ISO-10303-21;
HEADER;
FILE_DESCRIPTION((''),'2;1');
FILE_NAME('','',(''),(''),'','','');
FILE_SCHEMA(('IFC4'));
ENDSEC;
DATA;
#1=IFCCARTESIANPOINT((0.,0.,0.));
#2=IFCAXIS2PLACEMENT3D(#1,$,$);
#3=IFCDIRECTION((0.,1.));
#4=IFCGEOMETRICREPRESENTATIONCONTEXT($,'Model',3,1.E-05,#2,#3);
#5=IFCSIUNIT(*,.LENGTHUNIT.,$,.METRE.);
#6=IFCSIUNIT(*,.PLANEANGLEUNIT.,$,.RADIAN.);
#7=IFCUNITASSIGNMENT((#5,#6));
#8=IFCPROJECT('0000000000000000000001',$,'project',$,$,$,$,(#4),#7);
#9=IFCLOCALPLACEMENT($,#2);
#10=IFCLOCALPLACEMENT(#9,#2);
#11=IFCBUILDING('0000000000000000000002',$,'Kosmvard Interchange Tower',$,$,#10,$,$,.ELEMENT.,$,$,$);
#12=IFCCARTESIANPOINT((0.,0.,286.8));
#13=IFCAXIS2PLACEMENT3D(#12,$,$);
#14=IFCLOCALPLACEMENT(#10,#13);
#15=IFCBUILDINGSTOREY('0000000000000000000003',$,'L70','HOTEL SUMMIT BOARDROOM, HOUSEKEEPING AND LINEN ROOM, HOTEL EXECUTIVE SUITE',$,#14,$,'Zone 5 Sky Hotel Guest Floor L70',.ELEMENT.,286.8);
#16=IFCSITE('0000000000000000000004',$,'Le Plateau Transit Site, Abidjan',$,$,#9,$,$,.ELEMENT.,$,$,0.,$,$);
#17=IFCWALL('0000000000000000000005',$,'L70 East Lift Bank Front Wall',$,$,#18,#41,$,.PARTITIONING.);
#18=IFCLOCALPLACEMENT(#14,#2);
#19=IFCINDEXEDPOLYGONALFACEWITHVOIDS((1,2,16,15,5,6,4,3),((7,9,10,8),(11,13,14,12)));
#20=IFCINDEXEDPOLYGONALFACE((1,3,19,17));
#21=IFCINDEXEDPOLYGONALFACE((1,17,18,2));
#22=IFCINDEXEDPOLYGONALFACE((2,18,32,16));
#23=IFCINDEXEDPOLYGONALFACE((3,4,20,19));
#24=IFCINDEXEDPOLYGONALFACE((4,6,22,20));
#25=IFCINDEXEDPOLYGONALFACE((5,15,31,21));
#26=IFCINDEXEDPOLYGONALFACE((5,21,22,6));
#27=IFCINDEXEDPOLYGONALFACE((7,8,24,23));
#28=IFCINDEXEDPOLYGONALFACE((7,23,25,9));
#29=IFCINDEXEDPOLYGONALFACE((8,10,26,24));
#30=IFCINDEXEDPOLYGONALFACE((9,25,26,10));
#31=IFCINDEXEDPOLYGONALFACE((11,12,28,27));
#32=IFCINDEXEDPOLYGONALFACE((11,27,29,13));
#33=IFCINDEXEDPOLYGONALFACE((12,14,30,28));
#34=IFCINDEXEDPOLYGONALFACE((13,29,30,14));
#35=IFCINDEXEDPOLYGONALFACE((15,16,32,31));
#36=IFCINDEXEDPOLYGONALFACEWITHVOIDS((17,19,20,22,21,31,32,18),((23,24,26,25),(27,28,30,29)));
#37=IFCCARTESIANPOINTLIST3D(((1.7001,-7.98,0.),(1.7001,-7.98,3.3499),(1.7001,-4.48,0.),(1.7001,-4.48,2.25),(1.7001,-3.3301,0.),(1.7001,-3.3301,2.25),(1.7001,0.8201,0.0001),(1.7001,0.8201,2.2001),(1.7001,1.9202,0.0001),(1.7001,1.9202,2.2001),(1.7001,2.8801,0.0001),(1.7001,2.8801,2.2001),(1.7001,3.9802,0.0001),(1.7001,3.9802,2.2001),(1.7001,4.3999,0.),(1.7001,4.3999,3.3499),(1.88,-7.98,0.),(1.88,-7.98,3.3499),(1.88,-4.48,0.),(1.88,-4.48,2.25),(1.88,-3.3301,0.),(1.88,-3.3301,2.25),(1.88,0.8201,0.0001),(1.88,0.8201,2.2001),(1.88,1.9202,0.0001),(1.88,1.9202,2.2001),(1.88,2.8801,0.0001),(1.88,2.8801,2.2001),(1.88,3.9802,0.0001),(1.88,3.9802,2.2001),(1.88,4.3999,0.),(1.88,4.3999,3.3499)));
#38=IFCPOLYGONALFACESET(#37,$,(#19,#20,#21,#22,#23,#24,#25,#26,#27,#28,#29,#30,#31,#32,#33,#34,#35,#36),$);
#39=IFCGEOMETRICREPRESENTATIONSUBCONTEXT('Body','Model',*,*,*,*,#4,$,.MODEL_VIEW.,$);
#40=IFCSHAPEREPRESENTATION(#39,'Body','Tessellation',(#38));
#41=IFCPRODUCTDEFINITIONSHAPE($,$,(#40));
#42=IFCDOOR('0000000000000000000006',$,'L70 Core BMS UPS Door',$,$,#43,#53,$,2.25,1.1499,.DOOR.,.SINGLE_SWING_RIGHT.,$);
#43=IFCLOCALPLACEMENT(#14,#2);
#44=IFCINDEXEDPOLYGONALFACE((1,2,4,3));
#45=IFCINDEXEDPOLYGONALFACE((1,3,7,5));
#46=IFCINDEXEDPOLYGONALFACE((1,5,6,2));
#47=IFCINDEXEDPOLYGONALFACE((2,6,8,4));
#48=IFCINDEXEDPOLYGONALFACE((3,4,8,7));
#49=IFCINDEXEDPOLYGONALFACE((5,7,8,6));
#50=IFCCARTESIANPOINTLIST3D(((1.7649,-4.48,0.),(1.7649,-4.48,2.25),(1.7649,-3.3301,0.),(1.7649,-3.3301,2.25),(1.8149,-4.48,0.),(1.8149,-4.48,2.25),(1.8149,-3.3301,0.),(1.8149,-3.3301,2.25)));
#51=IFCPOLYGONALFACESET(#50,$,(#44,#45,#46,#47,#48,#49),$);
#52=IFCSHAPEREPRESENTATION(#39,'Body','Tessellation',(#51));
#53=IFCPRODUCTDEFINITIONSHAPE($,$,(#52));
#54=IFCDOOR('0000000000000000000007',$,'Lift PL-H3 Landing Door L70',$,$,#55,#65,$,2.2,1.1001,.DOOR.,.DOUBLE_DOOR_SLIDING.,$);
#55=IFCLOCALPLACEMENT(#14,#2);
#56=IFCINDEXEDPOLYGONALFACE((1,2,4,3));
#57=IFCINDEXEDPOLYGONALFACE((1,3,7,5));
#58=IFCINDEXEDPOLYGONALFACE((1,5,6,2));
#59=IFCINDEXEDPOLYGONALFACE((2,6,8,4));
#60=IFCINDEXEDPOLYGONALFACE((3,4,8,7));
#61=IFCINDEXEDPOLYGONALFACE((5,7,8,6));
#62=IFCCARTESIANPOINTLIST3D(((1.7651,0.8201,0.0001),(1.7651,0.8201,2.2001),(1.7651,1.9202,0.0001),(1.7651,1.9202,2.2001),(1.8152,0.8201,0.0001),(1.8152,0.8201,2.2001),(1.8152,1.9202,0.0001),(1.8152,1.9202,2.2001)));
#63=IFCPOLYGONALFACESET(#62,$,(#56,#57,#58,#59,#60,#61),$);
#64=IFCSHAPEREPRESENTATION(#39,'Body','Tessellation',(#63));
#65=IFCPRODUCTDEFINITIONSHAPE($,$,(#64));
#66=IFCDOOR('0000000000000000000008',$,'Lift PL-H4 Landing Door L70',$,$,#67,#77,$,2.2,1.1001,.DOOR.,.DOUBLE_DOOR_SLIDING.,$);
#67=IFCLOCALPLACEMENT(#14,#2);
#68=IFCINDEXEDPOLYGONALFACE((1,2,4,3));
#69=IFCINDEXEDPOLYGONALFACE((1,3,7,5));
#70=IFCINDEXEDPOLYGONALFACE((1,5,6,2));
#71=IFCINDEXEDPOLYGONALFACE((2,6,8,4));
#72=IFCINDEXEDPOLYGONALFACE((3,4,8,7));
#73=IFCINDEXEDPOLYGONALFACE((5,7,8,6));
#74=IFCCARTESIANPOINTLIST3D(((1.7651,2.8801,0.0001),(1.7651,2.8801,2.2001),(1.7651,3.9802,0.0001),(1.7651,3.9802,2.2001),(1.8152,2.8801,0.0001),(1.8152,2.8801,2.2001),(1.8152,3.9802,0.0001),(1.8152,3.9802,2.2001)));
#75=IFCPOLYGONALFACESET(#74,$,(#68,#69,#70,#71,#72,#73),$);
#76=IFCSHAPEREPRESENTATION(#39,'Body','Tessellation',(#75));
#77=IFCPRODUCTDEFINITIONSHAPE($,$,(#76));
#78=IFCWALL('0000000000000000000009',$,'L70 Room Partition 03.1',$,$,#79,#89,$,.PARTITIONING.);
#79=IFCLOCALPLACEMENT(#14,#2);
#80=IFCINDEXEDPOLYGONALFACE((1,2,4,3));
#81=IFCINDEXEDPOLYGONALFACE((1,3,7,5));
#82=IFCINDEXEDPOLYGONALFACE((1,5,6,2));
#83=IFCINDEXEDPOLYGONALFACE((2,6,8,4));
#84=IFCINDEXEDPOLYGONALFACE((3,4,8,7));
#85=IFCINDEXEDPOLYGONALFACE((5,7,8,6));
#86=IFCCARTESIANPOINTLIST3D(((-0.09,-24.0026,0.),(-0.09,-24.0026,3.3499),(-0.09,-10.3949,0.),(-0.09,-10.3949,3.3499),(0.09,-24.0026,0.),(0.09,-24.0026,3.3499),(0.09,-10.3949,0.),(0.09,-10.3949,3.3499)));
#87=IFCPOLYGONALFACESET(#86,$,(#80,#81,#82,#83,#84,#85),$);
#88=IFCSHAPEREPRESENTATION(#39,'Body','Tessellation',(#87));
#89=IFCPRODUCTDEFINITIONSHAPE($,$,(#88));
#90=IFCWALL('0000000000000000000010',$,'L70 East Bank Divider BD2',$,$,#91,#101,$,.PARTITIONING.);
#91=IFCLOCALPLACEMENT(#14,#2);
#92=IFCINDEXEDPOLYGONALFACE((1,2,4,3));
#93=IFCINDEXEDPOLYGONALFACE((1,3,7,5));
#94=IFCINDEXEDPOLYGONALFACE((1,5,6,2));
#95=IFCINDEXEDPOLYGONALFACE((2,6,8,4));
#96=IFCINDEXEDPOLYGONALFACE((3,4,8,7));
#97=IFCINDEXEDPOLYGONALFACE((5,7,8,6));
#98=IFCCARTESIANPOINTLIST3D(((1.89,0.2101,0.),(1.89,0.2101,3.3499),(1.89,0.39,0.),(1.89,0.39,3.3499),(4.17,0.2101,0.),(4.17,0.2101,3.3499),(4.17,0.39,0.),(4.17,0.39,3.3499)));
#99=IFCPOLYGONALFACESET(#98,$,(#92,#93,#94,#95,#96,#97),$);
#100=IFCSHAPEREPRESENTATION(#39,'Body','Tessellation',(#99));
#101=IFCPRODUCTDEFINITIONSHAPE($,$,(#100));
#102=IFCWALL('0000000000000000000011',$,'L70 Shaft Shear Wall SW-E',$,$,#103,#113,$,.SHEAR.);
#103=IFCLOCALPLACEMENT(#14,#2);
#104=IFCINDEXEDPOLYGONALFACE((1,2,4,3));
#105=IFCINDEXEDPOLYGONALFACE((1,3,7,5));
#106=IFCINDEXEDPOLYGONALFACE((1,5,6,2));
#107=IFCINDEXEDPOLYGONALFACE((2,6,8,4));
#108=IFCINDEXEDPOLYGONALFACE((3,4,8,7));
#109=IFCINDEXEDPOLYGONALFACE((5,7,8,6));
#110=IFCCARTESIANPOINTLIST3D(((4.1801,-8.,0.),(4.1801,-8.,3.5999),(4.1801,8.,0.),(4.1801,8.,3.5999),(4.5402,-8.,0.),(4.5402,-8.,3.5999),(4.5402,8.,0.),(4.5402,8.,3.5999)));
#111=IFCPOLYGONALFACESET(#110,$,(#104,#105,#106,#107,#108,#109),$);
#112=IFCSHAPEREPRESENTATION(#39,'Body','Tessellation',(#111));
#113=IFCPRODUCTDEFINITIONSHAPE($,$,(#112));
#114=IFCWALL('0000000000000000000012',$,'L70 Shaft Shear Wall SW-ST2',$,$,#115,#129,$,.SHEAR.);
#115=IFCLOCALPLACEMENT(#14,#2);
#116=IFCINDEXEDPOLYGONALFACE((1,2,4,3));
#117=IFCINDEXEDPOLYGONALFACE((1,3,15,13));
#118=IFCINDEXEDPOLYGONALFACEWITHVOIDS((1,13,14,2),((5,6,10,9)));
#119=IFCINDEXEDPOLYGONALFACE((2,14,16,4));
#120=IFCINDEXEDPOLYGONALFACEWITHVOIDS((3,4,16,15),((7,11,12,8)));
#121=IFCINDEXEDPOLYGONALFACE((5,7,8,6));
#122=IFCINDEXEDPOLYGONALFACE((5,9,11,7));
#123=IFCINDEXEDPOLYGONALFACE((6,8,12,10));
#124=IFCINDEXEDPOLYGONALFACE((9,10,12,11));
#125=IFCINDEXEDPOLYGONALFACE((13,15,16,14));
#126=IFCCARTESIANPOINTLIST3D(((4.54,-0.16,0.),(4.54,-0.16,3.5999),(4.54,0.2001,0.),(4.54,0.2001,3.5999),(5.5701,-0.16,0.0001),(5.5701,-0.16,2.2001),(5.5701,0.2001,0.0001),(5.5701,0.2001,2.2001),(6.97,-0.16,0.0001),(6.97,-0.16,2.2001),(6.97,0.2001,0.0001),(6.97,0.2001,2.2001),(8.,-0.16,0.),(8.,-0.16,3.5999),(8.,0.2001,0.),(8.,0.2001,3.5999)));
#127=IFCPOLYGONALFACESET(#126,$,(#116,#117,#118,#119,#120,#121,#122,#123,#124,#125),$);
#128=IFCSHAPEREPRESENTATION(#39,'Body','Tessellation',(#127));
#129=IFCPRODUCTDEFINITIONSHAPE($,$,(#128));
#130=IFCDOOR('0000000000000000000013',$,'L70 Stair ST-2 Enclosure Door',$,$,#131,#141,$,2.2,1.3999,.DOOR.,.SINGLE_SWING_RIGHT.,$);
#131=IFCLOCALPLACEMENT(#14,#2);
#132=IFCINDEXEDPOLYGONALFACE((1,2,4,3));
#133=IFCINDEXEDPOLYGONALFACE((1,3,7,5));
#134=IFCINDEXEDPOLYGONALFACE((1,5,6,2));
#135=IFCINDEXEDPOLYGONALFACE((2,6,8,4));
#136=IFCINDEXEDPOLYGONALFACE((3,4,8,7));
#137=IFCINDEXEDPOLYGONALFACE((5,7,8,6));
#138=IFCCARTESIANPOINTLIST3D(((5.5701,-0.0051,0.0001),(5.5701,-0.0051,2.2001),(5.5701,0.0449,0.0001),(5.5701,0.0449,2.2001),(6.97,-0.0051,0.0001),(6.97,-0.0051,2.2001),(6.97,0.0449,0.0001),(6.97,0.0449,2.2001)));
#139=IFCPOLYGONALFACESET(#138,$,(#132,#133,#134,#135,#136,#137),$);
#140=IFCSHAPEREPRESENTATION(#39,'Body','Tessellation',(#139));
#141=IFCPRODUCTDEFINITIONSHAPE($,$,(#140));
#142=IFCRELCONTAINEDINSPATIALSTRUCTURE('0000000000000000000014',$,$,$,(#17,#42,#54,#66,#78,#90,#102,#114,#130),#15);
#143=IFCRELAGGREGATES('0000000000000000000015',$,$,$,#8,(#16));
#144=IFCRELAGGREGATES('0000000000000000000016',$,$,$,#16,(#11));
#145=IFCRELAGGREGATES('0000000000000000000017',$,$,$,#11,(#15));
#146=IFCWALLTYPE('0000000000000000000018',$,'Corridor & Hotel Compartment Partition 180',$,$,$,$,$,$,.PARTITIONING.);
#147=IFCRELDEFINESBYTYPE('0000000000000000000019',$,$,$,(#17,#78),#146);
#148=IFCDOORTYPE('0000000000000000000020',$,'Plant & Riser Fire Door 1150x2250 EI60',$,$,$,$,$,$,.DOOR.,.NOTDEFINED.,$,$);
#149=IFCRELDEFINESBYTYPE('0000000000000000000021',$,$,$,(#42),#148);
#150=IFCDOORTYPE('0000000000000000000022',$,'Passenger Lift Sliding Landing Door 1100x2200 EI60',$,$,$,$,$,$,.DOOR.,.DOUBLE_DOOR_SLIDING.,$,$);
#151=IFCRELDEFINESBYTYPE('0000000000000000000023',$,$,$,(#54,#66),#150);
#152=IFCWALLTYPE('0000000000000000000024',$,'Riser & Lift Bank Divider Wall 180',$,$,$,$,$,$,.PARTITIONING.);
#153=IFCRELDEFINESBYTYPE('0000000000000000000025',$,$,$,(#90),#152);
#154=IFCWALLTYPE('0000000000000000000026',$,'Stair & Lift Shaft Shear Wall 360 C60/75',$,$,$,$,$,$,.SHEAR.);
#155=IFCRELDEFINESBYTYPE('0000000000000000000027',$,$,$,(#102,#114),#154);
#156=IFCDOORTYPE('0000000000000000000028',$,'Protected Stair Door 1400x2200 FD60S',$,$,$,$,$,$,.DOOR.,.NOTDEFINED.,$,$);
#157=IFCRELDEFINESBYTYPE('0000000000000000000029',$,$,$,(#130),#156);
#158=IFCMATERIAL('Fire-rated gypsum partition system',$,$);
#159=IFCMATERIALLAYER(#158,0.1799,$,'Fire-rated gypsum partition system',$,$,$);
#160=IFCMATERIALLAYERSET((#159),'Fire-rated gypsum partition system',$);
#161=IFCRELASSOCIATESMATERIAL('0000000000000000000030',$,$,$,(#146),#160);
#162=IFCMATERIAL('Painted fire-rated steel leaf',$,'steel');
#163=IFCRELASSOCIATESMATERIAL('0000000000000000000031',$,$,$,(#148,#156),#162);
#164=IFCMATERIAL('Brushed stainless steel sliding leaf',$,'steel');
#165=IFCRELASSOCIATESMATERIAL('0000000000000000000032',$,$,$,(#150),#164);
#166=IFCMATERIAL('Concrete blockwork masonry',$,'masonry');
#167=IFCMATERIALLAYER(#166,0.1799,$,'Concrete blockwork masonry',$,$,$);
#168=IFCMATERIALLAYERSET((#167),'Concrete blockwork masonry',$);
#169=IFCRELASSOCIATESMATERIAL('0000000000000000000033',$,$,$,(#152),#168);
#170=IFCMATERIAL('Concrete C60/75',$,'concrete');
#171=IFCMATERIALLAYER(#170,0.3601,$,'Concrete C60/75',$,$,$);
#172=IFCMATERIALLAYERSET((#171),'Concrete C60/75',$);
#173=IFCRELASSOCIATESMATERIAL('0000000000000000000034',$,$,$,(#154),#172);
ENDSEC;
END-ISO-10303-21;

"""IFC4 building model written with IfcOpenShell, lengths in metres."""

from ifc_helpers import new_model, si_unit, direction, frame, frame_2d, origin, place, context, subcontext, project, spatial, rectangle, extrude, source, transform, mapped, material, layer, layer_set, type_object, element, fill, save


model = new_model("IFC4")

# Units and contexts
model_context = context("Model", 3, precision=1e-05, world=origin(), true_north=direction((0.0, 1.0)))
body_context = subcontext(model_context, "Body", "Model", "MODEL_VIEW")
ifc_project = project(units=[si_unit("LENGTHUNIT", "METRE"), si_unit("PLANEANGLEUNIT", "RADIAN")], contexts=[model_context])

# Site, building, storey
site_placement = place(None, origin())
site = spatial("IfcSite", under=ifc_project, at=site_placement, Name="Le Plateau Transit Site, Abidjan", CompositionType="ELEMENT", RefElevation=0.0)
building_placement = place(site_placement, origin())
building = spatial("IfcBuilding", under=site, at=building_placement, Name="Kosmvard Interchange Tower", CompositionType="ELEMENT")
storey_placement = place(building_placement, frame((0.0, 0.0, 286.8)))
storey = spatial("IfcBuildingStorey", under=building, at=storey_placement, Name="L70", Description="HOTEL SUMMIT BOARDROOM, HOUSEKEEPING AND LINEN ROOM, HOTEL EXECUTIVE SUITE", LongName="Zone 5 Sky Hotel Guest Floor L70", CompositionType="ELEMENT", Elevation=286.8)

# Wall, openings, doors
ifc_material_1 = material(Name="Fire-rated gypsum partition system")
ifc_layer_1 = layer(ifc_material_1, 0.1799, Name="Fire-rated gypsum partition system")
ifc_layer_set_1 = layer_set([ifc_layer_1], Name="Fire-rated gypsum partition system")
wall_type_1 = type_object("IfcWallType", Name="Corridor & Hotel Compartment Partition 180", PredefinedType="PARTITIONING", material=ifc_layer_set_1)
wall_1_placement = place(storey_placement, frame((1.79, -7.98, 0.0), z_axis=(0.0, 0.0, 1.0), x_axis=(0.0, 1.0, 0.0)))
wall_1 = element("IfcWall", 1, at=wall_1_placement, inside=storey, type_object=wall_type_1, Name="L70 East Lift Bank Front Wall", PredefinedType="PARTITIONING", context=body_context, shape_type="SweptSolid", body=[
    extrude(rectangle(XDim=12.3799, YDim=0.1799, at=frame_2d((6.1899, 0.0))), origin(), (0.0, 0.0, 1.0), 3.3499),
])
opening_1_placement = place(wall_1_placement, frame((8.8, 0.0, 0.0)))
opening_1 = element("IfcOpeningElement", 2, at=opening_1_placement, cuts=wall_1, PredefinedType="OPENING", context=body_context, shape_type="SweptSolid", body=[
    extrude(rectangle(XDim=1.1001, YDim=2.2, at=frame_2d((0.55, 1.1001))), frame((0.0, 0.1001, 0.0), z_axis=(0.0, -1.0, 0.0), x_axis=(1.0, 0.0, 0.0)), (0.0, 0.0, 1.0), 0.2),
])
opening_2_placement = place(wall_1_placement, frame((10.8601, 0.0, 0.0)))
opening_2 = element("IfcOpeningElement", 3, at=opening_2_placement, cuts=wall_1, PredefinedType="OPENING", context=body_context, shape_type="SweptSolid", body=[
    extrude(rectangle(XDim=1.1001, YDim=2.2, at=frame_2d((0.55, 1.1001))), frame((0.0, 0.1001, 0.0), z_axis=(0.0, -1.0, 0.0), x_axis=(1.0, 0.0, 0.0)), (0.0, 0.0, 1.0), 0.2),
])
opening_3_placement = place(wall_1_placement, frame((3.5, 0.0, 0.0)))
opening_3 = element("IfcOpeningElement", 4, at=opening_3_placement, cuts=wall_1, PredefinedType="OPENING", context=body_context, shape_type="SweptSolid", body=[
    extrude(rectangle(XDim=1.1499, YDim=2.25, at=frame_2d((0.575, 1.125))), frame((0.0, 0.1001, 0.0), z_axis=(0.0, -1.0, 0.0), x_axis=(1.0, 0.0, 0.0)), (0.0, 0.0, 1.0), 0.2),
])
ifc_material_2 = material(Name="Painted fire-rated steel leaf", Category="steel")
door_type_1 = type_object("IfcDoorType", Name="Plant & Riser Fire Door 1150x2250 EI60", OperationType="NOTDEFINED", PredefinedType="DOOR", material=ifc_material_2)
shared_shape_1 = source(origin(), body_context, "Body", "SweptSolid", [
    extrude(rectangle(XDim=1.1499, YDim=2.25, at=frame_2d((0.575, 1.125))), frame((0.0, 0.0249, 0.0), z_axis=(0.0, -1.0, 0.0), x_axis=(1.0, 0.0, 0.0)), (0.0, 0.0, 1.0), 0.05),
])
door_1_placement = place(opening_3_placement, frame((1.1499, 0.0, 0.0), z_axis=(0.0, 0.0, 1.0), x_axis=(-1.0, 0.0, 0.0)))
door_1 = element("IfcDoor", 5, at=door_1_placement, inside=storey, type_object=door_type_1, Name="L70 Core BMS UPS Door", OperationType="SINGLE_SWING_RIGHT", OverallHeight=2.25, OverallWidth=1.1499, PredefinedType="DOOR", context=body_context, shape_type="MappedRepresentation", body=[
    mapped(shared_shape_1, transform((0.0, 0.0, 0.0), scale=1.0)),
])
fill(opening_3, door_1)
ifc_material_3 = material(Name="Brushed stainless steel sliding leaf", Category="steel")
door_type_2 = type_object("IfcDoorType", Name="Passenger Lift Sliding Landing Door 1100x2200 EI60", OperationType="DOUBLE_DOOR_SLIDING", PredefinedType="DOOR", material=ifc_material_3)
shared_shape_2 = source(origin(), body_context, "Body", "SweptSolid", [
    extrude(rectangle(XDim=1.1001, YDim=2.2, at=frame_2d((0.55, 1.1001))), frame((0.0, 0.0249, 0.0), z_axis=(0.0, -1.0, 0.0), x_axis=(1.0, 0.0, 0.0)), (0.0, 0.0, 1.0), 0.05),
])
door_2_placement = place(opening_1_placement, origin())
door_2 = element("IfcDoor", 6, at=door_2_placement, inside=storey, type_object=door_type_2, Name="Lift PL-H3 Landing Door L70", OperationType="DOUBLE_DOOR_SLIDING", OverallHeight=2.2, OverallWidth=1.1001, PredefinedType="DOOR", context=body_context, shape_type="MappedRepresentation", body=[
    mapped(shared_shape_2, transform((0.0, 0.0, 0.0), scale=1.0)),
])
fill(opening_1, door_2)
door_3_placement = place(opening_2_placement, origin())
door_3 = element("IfcDoor", 7, at=door_3_placement, inside=storey, type_object=door_type_2, Name="Lift PL-H4 Landing Door L70", OperationType="DOUBLE_DOOR_SLIDING", OverallHeight=2.2, OverallWidth=1.1001, PredefinedType="DOOR", context=body_context, shape_type="MappedRepresentation", body=[
    mapped(shared_shape_2, transform((0.0, 0.0, 0.0), scale=1.0)),
])
fill(opening_2, door_3)

# Walls
wall_2_placement = place(storey_placement, frame((0.0, -10.395, 0.0), z_axis=(0.0, 0.0, 1.0), x_axis=(0.0, -1.0, 0.0)))
element("IfcWall", 8, at=wall_2_placement, inside=storey, type_object=wall_type_1, Name="L70 Room Partition 03.1", PredefinedType="PARTITIONING", context=body_context, shape_type="SweptSolid", body=[
    extrude(rectangle(XDim=13.6077, YDim=0.1799, at=frame_2d((6.8037, 0.0))), origin(), (0.0, 0.0, 1.0), 3.3499),
])
ifc_material_4 = material(Name="Concrete blockwork masonry", Category="masonry")
ifc_layer_2 = layer(ifc_material_4, 0.1799, Name="Concrete blockwork masonry")
ifc_layer_set_2 = layer_set([ifc_layer_2], Name="Concrete blockwork masonry")
wall_type_2 = type_object("IfcWallType", Name="Riser & Lift Bank Divider Wall 180", PredefinedType="PARTITIONING", material=ifc_layer_set_2)
wall_3_placement = place(storey_placement, frame((1.8899, 0.3, 0.0), z_axis=(0.0, 0.0, 1.0), x_axis=(1.0, 0.0, 0.0)))
element("IfcWall", 9, at=wall_3_placement, inside=storey, type_object=wall_type_2, Name="L70 East Bank Divider BD2", PredefinedType="PARTITIONING", context=body_context, shape_type="SweptSolid", body=[
    extrude(rectangle(XDim=2.28, YDim=0.1799, at=frame_2d((1.1401, 0.0))), origin(), (0.0, 0.0, 1.0), 3.3499),
])
ifc_material_5 = material(Name="Concrete C60/75", Category="concrete")
ifc_layer_3 = layer(ifc_material_5, 0.3601, Name="Concrete C60/75")
ifc_layer_set_3 = layer_set([ifc_layer_3], Name="Concrete C60/75")
wall_type_3 = type_object("IfcWallType", Name="Stair & Lift Shaft Shear Wall 360 C60/75", PredefinedType="SHEAR", material=ifc_layer_set_3)
wall_4_placement = place(storey_placement, frame((4.3601, -8.0, 0.0), z_axis=(0.0, 0.0, 1.0), x_axis=(0.0, 1.0, 0.0)))
element("IfcWall", 10, at=wall_4_placement, inside=storey, type_object=wall_type_3, Name="L70 Shaft Shear Wall SW-E", PredefinedType="SHEAR", context=body_context, shape_type="SweptSolid", body=[
    extrude(rectangle(XDim=16.0, YDim=0.3601, at=frame_2d((8.0, 0.0))), origin(), (0.0, 0.0, 1.0), 3.5999),
])

# Wall, opening, door
wall_5_placement = place(storey_placement, frame((4.54, 0.02, 0.0), z_axis=(0.0, 0.0, 1.0), x_axis=(1.0, 0.0, 0.0)))
wall_5 = element("IfcWall", 11, at=wall_5_placement, inside=storey, type_object=wall_type_3, Name="L70 Shaft Shear Wall SW-ST2", PredefinedType="SHEAR", context=body_context, shape_type="SweptSolid", body=[
    extrude(rectangle(XDim=3.46, YDim=0.3601, at=frame_2d((1.73, 0.0))), origin(), (0.0, 0.0, 1.0), 3.5999),
])
opening_4_placement = place(wall_5_placement, frame((1.03, 0.0, 0.0)))
opening_4 = element("IfcOpeningElement", 12, at=opening_4_placement, cuts=wall_5, PredefinedType="OPENING", context=body_context, shape_type="SweptSolid", body=[
    extrude(rectangle(XDim=1.3999, YDim=2.2, at=frame_2d((0.7, 1.1001))), frame((0.0, 0.1899, 0.0), z_axis=(0.0, -1.0, 0.0), x_axis=(1.0, 0.0, 0.0)), (0.0, 0.0, 1.0), 0.3801),
])
door_type_3 = type_object("IfcDoorType", Name="Protected Stair Door 1400x2200 FD60S", OperationType="NOTDEFINED", PredefinedType="DOOR", material=ifc_material_2)
shared_shape_3 = source(origin(), body_context, "Body", "SweptSolid", [
    extrude(rectangle(XDim=1.3999, YDim=2.2, at=frame_2d((0.7, 1.1001))), frame((0.0, 0.0249, 0.0), z_axis=(0.0, -1.0, 0.0), x_axis=(1.0, 0.0, 0.0)), (0.0, 0.0, 1.0), 0.05),
])
door_4_placement = place(opening_4_placement, origin())
door_4 = element("IfcDoor", 13, at=door_4_placement, inside=storey, type_object=door_type_3, Name="L70 Stair ST-2 Enclosure Door", OperationType="SINGLE_SWING_RIGHT", OverallHeight=2.2, OverallWidth=1.3999, PredefinedType="DOOR", context=body_context, shape_type="MappedRepresentation", body=[
    mapped(shared_shape_3, transform((0.0, 0.0, 0.0), scale=1.0)),
])
fill(opening_4, door_4)

save(model, "model.ifc")
